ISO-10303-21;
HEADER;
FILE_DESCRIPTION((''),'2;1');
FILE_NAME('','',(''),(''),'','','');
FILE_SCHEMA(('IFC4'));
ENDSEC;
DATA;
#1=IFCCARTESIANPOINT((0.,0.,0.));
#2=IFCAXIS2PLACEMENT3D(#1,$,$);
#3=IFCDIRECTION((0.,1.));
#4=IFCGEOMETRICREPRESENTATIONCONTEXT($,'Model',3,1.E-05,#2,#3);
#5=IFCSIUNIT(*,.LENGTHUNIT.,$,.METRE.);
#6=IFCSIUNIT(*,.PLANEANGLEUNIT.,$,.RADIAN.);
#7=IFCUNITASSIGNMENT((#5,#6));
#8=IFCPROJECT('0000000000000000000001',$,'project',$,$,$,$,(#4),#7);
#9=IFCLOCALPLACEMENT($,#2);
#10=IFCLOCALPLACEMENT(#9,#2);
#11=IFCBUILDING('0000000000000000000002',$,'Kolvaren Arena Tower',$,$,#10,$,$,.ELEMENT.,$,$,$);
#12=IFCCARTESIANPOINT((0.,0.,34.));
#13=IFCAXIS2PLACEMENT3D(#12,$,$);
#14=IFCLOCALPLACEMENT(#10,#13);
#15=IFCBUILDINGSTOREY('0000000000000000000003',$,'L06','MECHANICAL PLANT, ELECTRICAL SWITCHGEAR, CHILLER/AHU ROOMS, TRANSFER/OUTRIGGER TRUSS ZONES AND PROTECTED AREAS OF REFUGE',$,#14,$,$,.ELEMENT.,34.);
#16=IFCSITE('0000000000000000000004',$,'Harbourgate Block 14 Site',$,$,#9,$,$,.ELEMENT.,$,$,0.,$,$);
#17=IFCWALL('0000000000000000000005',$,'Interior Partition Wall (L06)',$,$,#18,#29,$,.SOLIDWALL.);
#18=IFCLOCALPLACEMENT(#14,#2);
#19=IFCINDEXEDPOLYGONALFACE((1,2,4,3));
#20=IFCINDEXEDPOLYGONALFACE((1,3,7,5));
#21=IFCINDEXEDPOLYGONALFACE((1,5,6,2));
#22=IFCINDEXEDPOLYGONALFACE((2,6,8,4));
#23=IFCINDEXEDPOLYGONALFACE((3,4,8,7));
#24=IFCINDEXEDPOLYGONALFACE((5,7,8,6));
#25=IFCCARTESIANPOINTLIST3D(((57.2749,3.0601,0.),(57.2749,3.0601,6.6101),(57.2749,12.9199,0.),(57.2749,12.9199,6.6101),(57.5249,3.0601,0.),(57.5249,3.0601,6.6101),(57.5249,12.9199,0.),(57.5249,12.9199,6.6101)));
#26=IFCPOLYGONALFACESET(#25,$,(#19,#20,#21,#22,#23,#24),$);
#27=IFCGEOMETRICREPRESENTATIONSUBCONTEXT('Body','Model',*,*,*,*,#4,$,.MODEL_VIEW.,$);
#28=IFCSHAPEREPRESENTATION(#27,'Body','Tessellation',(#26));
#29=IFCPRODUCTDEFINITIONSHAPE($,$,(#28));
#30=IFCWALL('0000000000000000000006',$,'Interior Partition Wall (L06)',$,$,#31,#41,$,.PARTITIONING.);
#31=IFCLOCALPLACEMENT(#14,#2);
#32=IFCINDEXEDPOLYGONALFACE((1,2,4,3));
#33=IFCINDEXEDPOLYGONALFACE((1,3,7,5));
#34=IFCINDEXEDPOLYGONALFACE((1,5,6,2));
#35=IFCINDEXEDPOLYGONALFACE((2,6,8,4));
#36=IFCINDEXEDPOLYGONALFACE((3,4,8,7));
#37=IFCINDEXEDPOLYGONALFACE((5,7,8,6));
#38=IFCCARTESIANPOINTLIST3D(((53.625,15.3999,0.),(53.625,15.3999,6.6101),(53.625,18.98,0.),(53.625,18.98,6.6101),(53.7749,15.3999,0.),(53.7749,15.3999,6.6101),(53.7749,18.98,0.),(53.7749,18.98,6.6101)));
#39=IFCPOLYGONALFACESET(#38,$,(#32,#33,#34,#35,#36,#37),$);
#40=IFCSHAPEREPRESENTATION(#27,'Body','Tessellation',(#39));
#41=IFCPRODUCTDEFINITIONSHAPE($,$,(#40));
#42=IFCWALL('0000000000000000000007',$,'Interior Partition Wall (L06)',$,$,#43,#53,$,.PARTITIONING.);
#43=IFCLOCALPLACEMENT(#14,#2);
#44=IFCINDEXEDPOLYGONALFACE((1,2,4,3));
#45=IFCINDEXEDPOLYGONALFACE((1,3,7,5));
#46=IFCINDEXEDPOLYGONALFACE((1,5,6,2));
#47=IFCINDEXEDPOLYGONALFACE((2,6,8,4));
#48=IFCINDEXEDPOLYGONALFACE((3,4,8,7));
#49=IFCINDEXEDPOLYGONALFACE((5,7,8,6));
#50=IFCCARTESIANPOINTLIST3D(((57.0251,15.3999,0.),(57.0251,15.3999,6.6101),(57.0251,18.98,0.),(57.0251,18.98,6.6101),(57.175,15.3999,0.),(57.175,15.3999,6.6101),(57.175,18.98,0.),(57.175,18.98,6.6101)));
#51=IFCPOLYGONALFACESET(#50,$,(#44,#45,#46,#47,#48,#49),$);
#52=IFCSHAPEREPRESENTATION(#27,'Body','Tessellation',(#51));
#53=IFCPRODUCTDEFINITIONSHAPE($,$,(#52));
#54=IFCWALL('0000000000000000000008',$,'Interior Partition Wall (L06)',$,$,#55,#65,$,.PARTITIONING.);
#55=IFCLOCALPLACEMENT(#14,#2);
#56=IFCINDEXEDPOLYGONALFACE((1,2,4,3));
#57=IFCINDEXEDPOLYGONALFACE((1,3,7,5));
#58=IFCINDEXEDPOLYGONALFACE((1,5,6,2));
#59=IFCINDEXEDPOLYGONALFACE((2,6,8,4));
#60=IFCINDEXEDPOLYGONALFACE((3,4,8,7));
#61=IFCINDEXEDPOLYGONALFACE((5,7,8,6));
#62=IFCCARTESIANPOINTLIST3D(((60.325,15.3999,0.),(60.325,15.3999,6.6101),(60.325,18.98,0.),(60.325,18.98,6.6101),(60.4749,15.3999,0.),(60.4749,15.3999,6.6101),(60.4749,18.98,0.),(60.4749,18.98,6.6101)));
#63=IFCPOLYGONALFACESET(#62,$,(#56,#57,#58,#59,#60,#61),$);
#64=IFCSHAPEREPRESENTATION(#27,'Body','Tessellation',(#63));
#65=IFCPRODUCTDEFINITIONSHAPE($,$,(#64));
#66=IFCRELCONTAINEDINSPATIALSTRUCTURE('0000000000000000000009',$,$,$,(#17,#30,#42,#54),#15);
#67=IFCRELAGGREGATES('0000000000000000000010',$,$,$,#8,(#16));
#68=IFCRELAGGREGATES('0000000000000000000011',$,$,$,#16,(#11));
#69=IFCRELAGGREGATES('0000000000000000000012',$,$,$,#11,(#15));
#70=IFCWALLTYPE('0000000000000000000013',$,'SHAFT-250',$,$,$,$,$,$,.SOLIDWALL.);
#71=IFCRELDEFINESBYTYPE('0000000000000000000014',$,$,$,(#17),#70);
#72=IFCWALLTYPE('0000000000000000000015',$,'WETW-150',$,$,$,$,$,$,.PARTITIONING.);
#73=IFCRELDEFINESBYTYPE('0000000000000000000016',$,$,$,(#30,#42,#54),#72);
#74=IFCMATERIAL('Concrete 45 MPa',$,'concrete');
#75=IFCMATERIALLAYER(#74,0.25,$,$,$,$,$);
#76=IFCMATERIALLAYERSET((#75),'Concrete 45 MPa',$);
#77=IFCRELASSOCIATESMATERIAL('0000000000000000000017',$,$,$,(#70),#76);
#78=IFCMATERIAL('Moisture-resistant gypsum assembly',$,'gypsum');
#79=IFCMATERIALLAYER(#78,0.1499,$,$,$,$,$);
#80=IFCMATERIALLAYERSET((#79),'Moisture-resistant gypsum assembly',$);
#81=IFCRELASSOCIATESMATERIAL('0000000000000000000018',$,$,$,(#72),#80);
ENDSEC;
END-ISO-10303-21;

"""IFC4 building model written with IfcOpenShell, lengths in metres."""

from ifc_helpers import new_model, si_unit, direction, frame, frame_2d, origin, place, context, subcontext, project, spatial, rectangle, extrude, material, layer, layer_set, type_object, element, save


model = new_model("IFC4")

# Units and contexts
model_context = context("Model", 3, precision=1e-05, world=origin(), true_north=direction((0.0, 1.0)))
body_context = subcontext(model_context, "Body", "Model", "MODEL_VIEW")
ifc_project = project(units=[si_unit("LENGTHUNIT", "METRE"), si_unit("PLANEANGLEUNIT", "RADIAN")], contexts=[model_context])

# Site, building, storey
site_placement = place(None, origin())
site = spatial("IfcSite", under=ifc_project, at=site_placement, Name="Harbourgate Block 14 Site", CompositionType="ELEMENT", RefElevation=0.0)
building_placement = place(site_placement, origin())
building = spatial("IfcBuilding", under=site, at=building_placement, Name="Kolvaren Arena Tower", CompositionType="ELEMENT")
storey_placement = place(building_placement, frame((0.0, 0.0, 34.0)))
storey = spatial("IfcBuildingStorey", under=building, at=storey_placement, Name="L06", Description="MECHANICAL PLANT, ELECTRICAL SWITCHGEAR, CHILLER/AHU ROOMS, TRANSFER/OUTRIGGER TRUSS ZONES AND PROTECTED AREAS OF REFUGE", CompositionType="ELEMENT", Elevation=34.0)

# Walls
ifc_material_1 = material(Name="Concrete 45 MPa", Category="concrete")
ifc_layer_1 = layer(ifc_material_1, 0.25)
ifc_layer_set_1 = layer_set([ifc_layer_1], Name="Concrete 45 MPa")
wall_type_1 = type_object("IfcWallType", Name="SHAFT-250", PredefinedType="SOLIDWALL", material=ifc_layer_set_1)
wall_1_placement = place(storey_placement, frame((57.3999, 3.0601, 0.0), z_axis=(0.0, 0.0, 1.0), x_axis=(0.0, 1.0, 0.0)))
element("IfcWall", 1, at=wall_1_placement, inside=storey, type_object=wall_type_1, Name="Interior Partition Wall (L06)", PredefinedType="SOLIDWALL", context=body_context, shape_type="SweptSolid", body=[
    extrude(rectangle(XDim=9.8599, YDim=0.25, at=frame_2d((4.9299, 0.0))), origin(), (0.0, 0.0, 1.0), 6.6101),
])
ifc_material_2 = material(Name="Moisture-resistant gypsum assembly", Category="gypsum")
ifc_layer_2 = layer(ifc_material_2, 0.1499)
ifc_layer_set_2 = layer_set([ifc_layer_2], Name="Moisture-resistant gypsum assembly")
wall_type_2 = type_object("IfcWallType", Name="WETW-150", PredefinedType="PARTITIONING", material=ifc_layer_set_2)
for number, where, z_axis, x_axis, name in (
    (2, (53.7, 15.3999, 0.0), (0.0, 0.0, 1.0), (0.0, 1.0, 0.0), "Interior Partition Wall (L06)"),
    (3, (57.1001, 15.3999, 0.0), (0.0, 0.0, 1.0), (0.0, 1.0, 0.0), "Interior Partition Wall (L06)"),
    (4, (60.3999, 15.3999, 0.0), (0.0, 0.0, 1.0), (0.0, 1.0, 0.0), "Interior Partition Wall (L06)"),
):
    element("IfcWall", number, at=place(storey_placement, frame(where, z_axis=z_axis, x_axis=x_axis)), inside=storey, type_object=wall_type_2, Name=name, PredefinedType="PARTITIONING", context=body_context, shape_type="SweptSolid", body=[
        extrude(rectangle(XDim=3.5801, YDim=0.1499, at=frame_2d((1.79, 0.0))), origin(), (0.0, 0.0, 1.0), 6.6101),
    ])

save(model, "model.ifc")
